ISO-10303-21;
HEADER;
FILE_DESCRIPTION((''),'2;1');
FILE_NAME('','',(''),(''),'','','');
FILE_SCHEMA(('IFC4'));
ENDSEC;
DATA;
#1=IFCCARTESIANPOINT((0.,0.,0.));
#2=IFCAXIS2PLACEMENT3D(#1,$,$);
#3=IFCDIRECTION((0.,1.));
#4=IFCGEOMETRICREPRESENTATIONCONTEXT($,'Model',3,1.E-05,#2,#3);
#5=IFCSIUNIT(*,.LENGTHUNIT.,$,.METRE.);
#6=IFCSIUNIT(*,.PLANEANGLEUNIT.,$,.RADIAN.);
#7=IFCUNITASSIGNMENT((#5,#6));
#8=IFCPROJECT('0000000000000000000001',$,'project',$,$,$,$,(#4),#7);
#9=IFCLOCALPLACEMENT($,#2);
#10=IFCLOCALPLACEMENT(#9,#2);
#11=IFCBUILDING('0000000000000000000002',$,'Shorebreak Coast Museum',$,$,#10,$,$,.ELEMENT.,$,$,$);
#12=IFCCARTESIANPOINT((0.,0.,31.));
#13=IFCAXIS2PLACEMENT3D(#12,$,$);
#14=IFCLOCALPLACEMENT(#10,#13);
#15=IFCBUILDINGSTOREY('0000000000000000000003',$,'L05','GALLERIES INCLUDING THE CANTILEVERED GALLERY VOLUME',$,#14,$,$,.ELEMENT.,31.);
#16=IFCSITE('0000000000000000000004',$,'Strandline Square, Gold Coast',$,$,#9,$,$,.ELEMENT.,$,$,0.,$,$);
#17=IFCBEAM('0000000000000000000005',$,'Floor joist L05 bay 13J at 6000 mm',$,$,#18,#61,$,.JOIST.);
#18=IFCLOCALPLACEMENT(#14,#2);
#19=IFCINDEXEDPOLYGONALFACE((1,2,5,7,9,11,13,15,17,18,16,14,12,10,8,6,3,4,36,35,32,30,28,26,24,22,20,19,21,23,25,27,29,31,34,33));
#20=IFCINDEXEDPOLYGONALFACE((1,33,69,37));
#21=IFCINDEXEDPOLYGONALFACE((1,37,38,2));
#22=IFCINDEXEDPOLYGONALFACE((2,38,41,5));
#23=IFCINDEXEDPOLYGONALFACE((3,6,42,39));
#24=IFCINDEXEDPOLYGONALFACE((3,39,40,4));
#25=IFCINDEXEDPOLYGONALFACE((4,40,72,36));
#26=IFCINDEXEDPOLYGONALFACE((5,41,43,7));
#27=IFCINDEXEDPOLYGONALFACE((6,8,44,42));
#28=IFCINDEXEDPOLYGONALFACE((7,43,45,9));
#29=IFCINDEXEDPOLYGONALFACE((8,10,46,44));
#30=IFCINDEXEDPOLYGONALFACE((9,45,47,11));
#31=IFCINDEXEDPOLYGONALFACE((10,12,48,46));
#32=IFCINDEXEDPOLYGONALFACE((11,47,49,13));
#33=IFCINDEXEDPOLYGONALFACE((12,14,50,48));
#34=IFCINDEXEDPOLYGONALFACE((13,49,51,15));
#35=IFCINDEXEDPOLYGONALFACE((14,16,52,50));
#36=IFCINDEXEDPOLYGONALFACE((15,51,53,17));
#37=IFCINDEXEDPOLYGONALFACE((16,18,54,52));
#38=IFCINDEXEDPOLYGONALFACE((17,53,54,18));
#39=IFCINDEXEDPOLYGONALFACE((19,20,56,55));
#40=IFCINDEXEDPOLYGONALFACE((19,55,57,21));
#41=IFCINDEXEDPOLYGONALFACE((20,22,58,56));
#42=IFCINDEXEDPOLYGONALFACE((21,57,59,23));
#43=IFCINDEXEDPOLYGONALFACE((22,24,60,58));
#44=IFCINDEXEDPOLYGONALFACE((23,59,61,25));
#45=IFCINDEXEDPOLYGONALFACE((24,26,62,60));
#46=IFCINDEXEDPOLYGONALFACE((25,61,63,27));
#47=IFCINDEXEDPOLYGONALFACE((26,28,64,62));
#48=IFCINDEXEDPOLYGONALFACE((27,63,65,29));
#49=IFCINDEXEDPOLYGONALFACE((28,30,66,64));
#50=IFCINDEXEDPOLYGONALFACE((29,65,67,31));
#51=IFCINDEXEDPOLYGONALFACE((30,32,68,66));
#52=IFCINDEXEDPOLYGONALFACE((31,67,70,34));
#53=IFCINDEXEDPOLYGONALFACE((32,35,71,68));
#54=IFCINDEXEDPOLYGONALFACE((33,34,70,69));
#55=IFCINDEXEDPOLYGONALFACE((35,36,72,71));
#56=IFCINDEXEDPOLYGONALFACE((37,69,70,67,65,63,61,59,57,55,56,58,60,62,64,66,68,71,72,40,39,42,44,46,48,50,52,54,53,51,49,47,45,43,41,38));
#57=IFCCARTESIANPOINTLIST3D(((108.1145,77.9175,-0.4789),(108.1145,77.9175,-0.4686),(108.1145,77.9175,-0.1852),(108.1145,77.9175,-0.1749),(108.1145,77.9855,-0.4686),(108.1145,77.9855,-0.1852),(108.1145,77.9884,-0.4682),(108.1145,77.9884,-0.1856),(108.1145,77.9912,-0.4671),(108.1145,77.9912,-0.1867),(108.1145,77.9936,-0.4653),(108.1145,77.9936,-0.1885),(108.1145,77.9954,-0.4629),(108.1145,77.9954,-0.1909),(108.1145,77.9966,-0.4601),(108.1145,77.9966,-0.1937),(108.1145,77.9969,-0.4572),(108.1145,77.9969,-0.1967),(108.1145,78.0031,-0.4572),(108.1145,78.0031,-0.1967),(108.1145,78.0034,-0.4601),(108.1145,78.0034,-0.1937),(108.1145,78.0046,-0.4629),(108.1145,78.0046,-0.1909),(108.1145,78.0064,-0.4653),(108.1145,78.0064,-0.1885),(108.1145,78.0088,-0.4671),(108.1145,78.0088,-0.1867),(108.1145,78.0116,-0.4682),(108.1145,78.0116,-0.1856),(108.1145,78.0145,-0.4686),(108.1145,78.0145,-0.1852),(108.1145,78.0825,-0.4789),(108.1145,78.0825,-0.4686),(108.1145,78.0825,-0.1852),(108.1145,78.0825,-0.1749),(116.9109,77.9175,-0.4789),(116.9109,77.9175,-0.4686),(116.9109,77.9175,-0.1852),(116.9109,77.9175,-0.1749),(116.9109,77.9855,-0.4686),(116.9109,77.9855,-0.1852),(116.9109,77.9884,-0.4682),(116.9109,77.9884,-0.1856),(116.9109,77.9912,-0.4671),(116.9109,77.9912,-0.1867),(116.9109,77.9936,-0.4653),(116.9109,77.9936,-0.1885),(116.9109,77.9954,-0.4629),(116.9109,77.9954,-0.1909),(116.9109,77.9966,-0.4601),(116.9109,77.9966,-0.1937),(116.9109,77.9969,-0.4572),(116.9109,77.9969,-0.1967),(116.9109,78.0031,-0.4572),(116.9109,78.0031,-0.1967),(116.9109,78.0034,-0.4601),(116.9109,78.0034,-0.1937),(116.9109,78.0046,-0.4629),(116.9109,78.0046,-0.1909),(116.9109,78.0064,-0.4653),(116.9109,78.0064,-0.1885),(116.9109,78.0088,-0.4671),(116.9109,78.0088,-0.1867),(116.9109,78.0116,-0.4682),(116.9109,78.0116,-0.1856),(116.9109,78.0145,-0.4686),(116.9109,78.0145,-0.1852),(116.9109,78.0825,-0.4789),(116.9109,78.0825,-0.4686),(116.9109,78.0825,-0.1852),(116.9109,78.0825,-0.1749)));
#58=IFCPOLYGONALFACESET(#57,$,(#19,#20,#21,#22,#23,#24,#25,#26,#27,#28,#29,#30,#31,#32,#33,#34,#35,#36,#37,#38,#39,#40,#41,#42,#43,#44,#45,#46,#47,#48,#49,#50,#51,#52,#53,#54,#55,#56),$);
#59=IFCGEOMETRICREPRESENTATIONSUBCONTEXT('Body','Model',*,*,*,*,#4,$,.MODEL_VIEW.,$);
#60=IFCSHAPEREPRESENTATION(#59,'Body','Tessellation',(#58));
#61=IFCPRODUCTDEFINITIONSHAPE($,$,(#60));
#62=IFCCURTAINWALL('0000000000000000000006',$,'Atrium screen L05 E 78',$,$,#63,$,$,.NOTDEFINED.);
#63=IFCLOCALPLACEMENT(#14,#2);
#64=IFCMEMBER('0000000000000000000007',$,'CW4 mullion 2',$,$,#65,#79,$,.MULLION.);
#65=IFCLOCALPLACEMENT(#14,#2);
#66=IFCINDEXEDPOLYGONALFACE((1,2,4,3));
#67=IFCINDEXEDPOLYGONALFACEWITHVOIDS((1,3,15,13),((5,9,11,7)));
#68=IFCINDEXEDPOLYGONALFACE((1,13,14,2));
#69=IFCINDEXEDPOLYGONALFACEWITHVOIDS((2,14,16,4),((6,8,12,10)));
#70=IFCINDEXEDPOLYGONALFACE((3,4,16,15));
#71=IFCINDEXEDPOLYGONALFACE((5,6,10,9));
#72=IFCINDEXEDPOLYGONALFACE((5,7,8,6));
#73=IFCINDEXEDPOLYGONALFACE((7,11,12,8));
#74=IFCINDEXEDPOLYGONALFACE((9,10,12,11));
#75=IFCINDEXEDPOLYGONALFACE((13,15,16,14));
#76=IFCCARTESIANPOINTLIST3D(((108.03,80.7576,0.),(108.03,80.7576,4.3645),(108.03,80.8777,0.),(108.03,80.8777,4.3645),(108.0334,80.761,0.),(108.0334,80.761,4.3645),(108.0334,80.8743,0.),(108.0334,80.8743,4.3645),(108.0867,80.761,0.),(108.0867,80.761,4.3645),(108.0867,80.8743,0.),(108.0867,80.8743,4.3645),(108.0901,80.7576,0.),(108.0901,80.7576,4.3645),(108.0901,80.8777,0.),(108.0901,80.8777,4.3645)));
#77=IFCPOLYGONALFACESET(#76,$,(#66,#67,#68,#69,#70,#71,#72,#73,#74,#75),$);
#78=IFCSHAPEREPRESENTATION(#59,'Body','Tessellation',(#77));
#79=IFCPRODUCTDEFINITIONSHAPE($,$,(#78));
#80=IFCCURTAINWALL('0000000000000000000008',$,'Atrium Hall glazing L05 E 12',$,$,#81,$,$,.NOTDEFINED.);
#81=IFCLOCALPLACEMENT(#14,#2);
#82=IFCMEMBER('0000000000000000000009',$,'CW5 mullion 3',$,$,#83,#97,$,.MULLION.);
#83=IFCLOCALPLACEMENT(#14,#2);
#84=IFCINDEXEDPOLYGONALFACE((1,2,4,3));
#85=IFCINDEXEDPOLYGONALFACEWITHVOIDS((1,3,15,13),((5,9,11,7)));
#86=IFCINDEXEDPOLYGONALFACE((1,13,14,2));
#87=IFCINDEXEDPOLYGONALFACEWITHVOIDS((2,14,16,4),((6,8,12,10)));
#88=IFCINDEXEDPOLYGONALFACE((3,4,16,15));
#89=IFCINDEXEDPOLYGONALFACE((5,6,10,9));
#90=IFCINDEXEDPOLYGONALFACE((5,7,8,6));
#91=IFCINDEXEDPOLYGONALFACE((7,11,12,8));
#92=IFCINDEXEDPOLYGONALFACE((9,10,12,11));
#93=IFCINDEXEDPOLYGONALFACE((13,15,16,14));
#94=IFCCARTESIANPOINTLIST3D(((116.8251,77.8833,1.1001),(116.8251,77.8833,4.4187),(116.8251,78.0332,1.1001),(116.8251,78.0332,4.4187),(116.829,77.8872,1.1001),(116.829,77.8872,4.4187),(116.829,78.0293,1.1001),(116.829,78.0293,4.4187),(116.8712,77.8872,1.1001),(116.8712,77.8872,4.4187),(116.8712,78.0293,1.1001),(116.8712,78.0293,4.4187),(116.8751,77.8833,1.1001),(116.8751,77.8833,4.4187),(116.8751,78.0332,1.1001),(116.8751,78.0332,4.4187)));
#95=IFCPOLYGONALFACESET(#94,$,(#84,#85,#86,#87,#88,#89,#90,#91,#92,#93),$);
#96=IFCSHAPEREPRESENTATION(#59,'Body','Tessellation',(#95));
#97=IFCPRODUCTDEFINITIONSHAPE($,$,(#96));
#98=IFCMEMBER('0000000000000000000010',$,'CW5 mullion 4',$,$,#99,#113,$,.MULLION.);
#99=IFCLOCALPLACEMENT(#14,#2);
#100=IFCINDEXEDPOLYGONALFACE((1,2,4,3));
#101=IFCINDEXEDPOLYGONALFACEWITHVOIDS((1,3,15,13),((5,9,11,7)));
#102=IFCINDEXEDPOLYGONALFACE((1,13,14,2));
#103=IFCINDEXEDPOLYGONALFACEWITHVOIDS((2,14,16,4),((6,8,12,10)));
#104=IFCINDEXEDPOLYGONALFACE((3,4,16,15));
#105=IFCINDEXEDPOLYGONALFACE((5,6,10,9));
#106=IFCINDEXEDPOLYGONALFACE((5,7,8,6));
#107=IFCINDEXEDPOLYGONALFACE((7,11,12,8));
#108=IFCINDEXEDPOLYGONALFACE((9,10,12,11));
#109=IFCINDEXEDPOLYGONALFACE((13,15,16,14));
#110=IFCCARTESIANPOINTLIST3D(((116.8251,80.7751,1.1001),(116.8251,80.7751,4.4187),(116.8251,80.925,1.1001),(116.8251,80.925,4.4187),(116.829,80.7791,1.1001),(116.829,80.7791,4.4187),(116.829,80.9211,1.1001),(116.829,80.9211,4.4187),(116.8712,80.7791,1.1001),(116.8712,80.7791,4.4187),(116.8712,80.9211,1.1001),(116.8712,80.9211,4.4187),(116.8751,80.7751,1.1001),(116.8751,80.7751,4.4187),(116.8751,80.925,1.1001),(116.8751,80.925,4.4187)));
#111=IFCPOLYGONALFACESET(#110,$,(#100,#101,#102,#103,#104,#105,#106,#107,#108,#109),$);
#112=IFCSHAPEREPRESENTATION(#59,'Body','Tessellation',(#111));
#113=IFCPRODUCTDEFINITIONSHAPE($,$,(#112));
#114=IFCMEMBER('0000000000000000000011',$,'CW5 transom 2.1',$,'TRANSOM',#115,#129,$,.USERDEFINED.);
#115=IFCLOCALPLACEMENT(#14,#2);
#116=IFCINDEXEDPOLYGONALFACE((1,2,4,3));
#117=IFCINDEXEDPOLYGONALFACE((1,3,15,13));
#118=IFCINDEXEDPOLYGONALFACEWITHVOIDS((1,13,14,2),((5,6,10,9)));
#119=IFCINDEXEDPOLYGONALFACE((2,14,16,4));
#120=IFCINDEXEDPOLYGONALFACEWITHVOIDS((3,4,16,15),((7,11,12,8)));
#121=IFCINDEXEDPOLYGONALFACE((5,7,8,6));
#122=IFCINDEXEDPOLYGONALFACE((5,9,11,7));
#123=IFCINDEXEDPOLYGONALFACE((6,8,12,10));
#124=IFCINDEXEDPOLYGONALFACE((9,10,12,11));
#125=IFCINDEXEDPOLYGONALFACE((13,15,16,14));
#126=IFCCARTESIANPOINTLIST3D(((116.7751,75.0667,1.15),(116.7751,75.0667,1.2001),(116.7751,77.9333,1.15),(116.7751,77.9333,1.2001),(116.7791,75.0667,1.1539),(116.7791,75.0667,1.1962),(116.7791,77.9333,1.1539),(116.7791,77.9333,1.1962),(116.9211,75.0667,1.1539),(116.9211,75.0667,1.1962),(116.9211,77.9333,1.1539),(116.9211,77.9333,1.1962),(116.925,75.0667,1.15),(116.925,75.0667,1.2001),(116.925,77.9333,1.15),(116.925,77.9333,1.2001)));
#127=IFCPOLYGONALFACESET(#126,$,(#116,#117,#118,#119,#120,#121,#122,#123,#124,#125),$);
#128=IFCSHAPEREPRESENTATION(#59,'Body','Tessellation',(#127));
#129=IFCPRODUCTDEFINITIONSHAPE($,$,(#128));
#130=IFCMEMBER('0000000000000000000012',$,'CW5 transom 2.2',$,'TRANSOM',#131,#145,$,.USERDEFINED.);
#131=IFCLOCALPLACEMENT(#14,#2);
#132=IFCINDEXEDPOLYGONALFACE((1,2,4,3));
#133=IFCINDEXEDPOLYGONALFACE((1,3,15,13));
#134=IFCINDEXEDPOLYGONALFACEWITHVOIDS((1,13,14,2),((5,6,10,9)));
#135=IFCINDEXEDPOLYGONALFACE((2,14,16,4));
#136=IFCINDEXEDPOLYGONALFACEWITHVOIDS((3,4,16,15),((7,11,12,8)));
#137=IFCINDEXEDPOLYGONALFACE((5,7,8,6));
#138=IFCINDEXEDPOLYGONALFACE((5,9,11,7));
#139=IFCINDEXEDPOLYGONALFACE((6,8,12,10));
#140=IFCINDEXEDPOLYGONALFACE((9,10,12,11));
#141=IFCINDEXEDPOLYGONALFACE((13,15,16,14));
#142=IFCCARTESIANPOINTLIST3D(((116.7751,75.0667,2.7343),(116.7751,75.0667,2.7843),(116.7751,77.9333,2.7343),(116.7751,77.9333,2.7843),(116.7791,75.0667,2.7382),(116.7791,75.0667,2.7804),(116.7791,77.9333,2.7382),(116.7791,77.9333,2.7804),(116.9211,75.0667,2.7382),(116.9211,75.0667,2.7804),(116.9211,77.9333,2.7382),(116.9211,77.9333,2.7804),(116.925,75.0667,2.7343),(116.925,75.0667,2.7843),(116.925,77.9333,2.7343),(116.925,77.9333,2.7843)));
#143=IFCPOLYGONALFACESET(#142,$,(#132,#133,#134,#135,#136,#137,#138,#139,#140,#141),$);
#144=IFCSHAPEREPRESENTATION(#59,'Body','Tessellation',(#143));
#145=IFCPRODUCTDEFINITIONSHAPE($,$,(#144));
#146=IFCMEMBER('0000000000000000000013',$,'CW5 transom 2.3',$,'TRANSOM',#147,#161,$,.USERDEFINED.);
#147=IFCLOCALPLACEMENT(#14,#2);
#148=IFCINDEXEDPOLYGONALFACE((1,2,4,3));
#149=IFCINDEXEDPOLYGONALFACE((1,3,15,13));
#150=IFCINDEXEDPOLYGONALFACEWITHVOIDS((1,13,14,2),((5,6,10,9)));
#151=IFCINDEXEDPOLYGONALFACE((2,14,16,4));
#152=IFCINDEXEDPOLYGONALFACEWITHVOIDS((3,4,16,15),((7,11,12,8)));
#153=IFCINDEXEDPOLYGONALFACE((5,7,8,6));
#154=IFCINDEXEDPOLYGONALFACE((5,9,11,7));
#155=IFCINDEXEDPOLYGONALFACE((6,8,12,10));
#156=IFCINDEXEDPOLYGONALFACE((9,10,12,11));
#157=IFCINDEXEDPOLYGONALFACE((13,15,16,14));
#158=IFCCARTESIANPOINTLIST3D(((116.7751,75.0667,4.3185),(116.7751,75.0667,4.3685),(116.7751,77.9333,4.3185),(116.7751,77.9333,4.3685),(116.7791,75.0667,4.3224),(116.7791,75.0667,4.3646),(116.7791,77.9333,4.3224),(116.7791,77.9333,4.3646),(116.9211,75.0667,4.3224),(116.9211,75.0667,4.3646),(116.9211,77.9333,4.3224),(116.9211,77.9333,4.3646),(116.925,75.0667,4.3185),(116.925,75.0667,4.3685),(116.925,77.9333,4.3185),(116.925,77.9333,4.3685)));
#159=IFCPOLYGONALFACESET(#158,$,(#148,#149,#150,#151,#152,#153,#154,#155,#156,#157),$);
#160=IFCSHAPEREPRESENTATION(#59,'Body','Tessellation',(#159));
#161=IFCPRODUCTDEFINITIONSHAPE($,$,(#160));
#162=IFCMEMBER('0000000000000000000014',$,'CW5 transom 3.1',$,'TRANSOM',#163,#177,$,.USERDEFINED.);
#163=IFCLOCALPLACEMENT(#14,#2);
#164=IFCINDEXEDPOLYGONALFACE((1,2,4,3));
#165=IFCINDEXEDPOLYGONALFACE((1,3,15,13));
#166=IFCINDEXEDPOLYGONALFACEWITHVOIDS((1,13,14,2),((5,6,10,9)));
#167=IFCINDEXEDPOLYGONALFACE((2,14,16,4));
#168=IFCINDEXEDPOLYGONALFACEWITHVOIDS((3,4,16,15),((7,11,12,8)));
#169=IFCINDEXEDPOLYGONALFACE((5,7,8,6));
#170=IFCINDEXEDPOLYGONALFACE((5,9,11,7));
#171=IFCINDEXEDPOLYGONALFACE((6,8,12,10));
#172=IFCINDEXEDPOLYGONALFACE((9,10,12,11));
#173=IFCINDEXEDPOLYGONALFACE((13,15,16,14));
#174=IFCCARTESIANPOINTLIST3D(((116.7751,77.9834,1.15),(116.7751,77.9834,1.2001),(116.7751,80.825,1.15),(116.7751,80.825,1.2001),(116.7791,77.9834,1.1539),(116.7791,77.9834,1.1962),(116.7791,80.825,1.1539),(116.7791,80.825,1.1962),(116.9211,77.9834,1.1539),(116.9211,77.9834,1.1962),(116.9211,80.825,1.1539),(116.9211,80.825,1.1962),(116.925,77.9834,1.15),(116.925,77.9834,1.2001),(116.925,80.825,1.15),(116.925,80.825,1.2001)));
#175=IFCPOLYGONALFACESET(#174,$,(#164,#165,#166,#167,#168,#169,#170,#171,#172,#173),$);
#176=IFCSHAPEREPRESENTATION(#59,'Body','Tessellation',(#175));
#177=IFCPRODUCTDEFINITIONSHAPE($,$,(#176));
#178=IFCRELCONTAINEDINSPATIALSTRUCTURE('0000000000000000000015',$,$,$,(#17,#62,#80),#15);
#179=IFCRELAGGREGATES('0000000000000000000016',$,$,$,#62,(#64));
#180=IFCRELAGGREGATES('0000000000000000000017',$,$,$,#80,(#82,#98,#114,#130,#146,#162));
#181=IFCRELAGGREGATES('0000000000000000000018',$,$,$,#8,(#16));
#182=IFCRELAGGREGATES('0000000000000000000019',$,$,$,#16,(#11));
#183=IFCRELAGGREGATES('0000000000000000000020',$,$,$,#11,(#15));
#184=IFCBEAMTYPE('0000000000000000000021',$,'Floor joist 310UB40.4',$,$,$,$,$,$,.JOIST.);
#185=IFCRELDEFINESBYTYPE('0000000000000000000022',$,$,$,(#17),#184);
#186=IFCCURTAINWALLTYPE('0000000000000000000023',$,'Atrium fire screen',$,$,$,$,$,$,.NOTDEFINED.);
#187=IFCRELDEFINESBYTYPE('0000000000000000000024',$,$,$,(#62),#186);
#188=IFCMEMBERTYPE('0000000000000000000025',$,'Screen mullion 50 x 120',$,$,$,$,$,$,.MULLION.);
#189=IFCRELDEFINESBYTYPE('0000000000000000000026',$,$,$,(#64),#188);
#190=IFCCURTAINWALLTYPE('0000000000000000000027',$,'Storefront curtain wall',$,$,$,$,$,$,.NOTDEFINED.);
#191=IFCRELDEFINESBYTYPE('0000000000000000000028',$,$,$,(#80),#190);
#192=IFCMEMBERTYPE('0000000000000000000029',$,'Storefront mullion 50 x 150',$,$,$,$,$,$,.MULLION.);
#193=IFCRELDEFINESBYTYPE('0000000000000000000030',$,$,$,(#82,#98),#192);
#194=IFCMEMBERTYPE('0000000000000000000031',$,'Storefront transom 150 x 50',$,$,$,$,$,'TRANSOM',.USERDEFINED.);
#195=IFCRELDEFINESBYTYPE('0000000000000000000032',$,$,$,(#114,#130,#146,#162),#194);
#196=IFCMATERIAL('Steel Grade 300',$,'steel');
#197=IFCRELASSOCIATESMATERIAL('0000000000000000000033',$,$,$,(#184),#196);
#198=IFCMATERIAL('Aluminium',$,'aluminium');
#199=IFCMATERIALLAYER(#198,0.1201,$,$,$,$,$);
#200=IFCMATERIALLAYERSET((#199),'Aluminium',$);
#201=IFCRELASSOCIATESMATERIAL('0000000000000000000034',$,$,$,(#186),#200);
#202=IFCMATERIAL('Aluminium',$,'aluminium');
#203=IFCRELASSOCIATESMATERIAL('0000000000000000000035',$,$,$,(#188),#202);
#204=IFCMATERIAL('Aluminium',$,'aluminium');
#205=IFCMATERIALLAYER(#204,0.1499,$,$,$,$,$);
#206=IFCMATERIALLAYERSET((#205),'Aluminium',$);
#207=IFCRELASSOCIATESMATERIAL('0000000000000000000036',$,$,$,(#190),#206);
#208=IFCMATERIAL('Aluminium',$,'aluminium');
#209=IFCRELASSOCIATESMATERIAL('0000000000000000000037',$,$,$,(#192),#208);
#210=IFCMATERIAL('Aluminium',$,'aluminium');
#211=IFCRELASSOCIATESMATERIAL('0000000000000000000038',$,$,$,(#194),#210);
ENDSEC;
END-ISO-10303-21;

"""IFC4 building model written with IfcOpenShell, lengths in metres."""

from ifc_helpers import new_model, si_unit, direction, frame, origin, origin_2d, place, context, subcontext, project, spatial, hollow_rectangle, i_section, extrude, material, layer, layer_set, material_profile, profile_set, type_object, element, aggregate, save


model = new_model("IFC4")

# Units and contexts
model_context = context("Model", 3, precision=1e-05, world=origin(), true_north=direction((0.0, 1.0)))
body_context = subcontext(model_context, "Body", "Model", "MODEL_VIEW")
ifc_project = project(units=[si_unit("LENGTHUNIT", "METRE"), si_unit("PLANEANGLEUNIT", "RADIAN")], contexts=[model_context])

# Site, building, storey
site_placement = place(None, origin())
site = spatial("IfcSite", under=ifc_project, at=site_placement, Name="Strandline Square, Gold Coast", CompositionType="ELEMENT", RefElevation=0.0)
building_placement = place(site_placement, origin())
building = spatial("IfcBuilding", under=site, at=building_placement, Name="Shorebreak Coast Museum", CompositionType="ELEMENT")
storey_placement = place(building_placement, frame((0.0, 0.0, 31.0)))
storey = spatial("IfcBuildingStorey", under=building, at=storey_placement, Name="L05", Description="GALLERIES INCLUDING THE CANTILEVERED GALLERY VOLUME", CompositionType="ELEMENT", Elevation=31.0)

# Beam
ifc_material_1 = material(Name="Steel Grade 300", Category="steel")
ifc_material_profile_1 = material_profile(ifc_material_1, i_section(OverallWidth=0.165, OverallDepth=0.304, WebThickness=0.0061, FlangeThickness=0.0103, FilletRadius=0.0115, at=origin_2d()), Name="310UB40.4")
ifc_profile_set_1 = profile_set([ifc_material_profile_1], Name="Steel Grade 300")
beam_type_1 = type_object("IfcBeamType", Name="Floor joist 310UB40.4", PredefinedType="JOIST", material=ifc_profile_set_1)
beam_1_placement = place(storey_placement, frame((108.1145, 78.0, -0.3269), z_axis=(1.0, 0.0, 0.0), x_axis=(0.0, 1.0, 0.0)))
element("IfcBeam", 1, at=beam_1_placement, inside=storey, type_object=beam_type_1, Name="Floor joist L05 bay 13J at 6000 mm", PredefinedType="JOIST", context=body_context, shape_type="SweptSolid", body=[
    extrude(i_section(OverallWidth=0.165, OverallDepth=0.304, WebThickness=0.0061, FlangeThickness=0.0103, FilletRadius=0.0115, at=origin_2d()), origin(), (0.0, 0.0, 1.0), 8.7964),
])

# Curtain wall, member
ifc_material_2 = material(Name="Aluminium", Category="aluminium")
ifc_layer_1 = layer(ifc_material_2, 0.1201)
ifc_layer_set_1 = layer_set([ifc_layer_1], Name="Aluminium")
curtain_wall_type_1 = type_object("IfcCurtainWallType", Name="Atrium fire screen", PredefinedType="NOTDEFINED", material=ifc_layer_set_1)
curtain_wall_1_placement = place(storey_placement, origin())
curtain_wall_1 = element("IfcCurtainWall", 2, at=curtain_wall_1_placement, inside=storey, type_object=curtain_wall_type_1, Name="Atrium screen L05 E 78", PredefinedType="NOTDEFINED")
ifc_material_3 = material(Name="Aluminium", Category="aluminium")
ifc_material_profile_2 = material_profile(ifc_material_3, hollow_rectangle(XDim=0.0601, YDim=0.1201, WallThickness=0.0034, at=origin_2d()), Name="AL 120x60 RHS")
ifc_profile_set_2 = profile_set([ifc_material_profile_2], Name="Aluminium")
member_type_1 = type_object("IfcMemberType", Name="Screen mullion 50 x 120", PredefinedType="MULLION", material=ifc_profile_set_2)
member_1_placement = place(storey_placement, frame((108.0601, 80.8176, 0.0), z_axis=(0.0, 0.0, 1.0), x_axis=(-1.0, 0.0, 0.0)))
member_1 = element("IfcMember", 3, at=member_1_placement, type_object=member_type_1, Name="CW4 mullion 2", PredefinedType="MULLION", context=body_context, shape_type="SweptSolid", body=[
    extrude(hollow_rectangle(XDim=0.0601, YDim=0.1201, WallThickness=0.0034, at=origin_2d()), origin(), (0.0, 0.0, 1.0), 4.3645),
])

# Curtain wall, members
ifc_material_4 = material(Name="Aluminium", Category="aluminium")
ifc_layer_2 = layer(ifc_material_4, 0.1499)
ifc_layer_set_2 = layer_set([ifc_layer_2], Name="Aluminium")
curtain_wall_type_2 = type_object("IfcCurtainWallType", Name="Storefront curtain wall", PredefinedType="NOTDEFINED", material=ifc_layer_set_2)
curtain_wall_2_placement = place(storey_placement, origin())
curtain_wall_2 = element("IfcCurtainWall", 4, at=curtain_wall_2_placement, inside=storey, type_object=curtain_wall_type_2, Name="Atrium Hall glazing L05 E 12", PredefinedType="NOTDEFINED")
ifc_material_5 = material(Name="Aluminium", Category="aluminium")
ifc_material_profile_3 = material_profile(ifc_material_5, hollow_rectangle(XDim=0.05, YDim=0.1499, WallThickness=0.0039, at=origin_2d()), Name="AL 150x50 RHS")
ifc_profile_set_3 = profile_set([ifc_material_profile_3], Name="Aluminium")
member_type_2 = type_object("IfcMemberType", Name="Storefront mullion 50 x 150", PredefinedType="MULLION", material=ifc_profile_set_3)
member_2_placement = place(storey_placement, frame((116.8501, 77.9583, 1.1001), z_axis=(0.0, 0.0, 1.0), x_axis=(-1.0, 0.0, 0.0)))
member_2 = element("IfcMember", 5, at=member_2_placement, type_object=member_type_2, Name="CW5 mullion 3", PredefinedType="MULLION", context=body_context, shape_type="SweptSolid", body=[
    extrude(hollow_rectangle(XDim=0.05, YDim=0.1499, WallThickness=0.0039, at=origin_2d()), origin(), (0.0, 0.0, 1.0), 3.3186),
])
member_3_placement = place(storey_placement, frame((116.8501, 80.8501, 1.1001), z_axis=(0.0, 0.0, 1.0), x_axis=(-1.0, 0.0, 0.0)))
member_3 = element("IfcMember", 6, at=member_3_placement, type_object=member_type_2, Name="CW5 mullion 4", PredefinedType="MULLION", context=body_context, shape_type="SweptSolid", body=[
    extrude(hollow_rectangle(XDim=0.05, YDim=0.1499, WallThickness=0.0039, at=origin_2d()), origin(), (0.0, 0.0, 1.0), 3.3186),
])
ifc_material_6 = material(Name="Aluminium", Category="aluminium")
ifc_material_profile_4 = material_profile(ifc_material_6, hollow_rectangle(XDim=0.1499, YDim=0.05, WallThickness=0.0039, at=origin_2d()), Name="AL 50x150 RHS")
ifc_profile_set_4 = profile_set([ifc_material_profile_4], Name="Aluminium")
member_type_3 = type_object("IfcMemberType", Name="Storefront transom 150 x 50", ElementType="TRANSOM", PredefinedType="USERDEFINED", material=ifc_profile_set_4)
member_4_placement = place(storey_placement, frame((116.8501, 75.0667, 1.175), z_axis=(0.0, 1.0, 0.0), x_axis=(-1.0, 0.0, 0.0)))
member_4 = element("IfcMember", 7, at=member_4_placement, type_object=member_type_3, Name="CW5 transom 2.1", ObjectType="TRANSOM", PredefinedType="USERDEFINED", context=body_context, shape_type="SweptSolid", body=[
    extrude(hollow_rectangle(XDim=0.1499, YDim=0.05, WallThickness=0.0039, at=origin_2d()), origin(), (0.0, 0.0, 1.0), 2.8667),
])
member_5_placement = place(storey_placement, frame((116.8501, 75.0667, 2.7593), z_axis=(0.0, 1.0, 0.0), x_axis=(-1.0, 0.0, 0.0)))
member_5 = element("IfcMember", 8, at=member_5_placement, type_object=member_type_3, Name="CW5 transom 2.2", ObjectType="TRANSOM", PredefinedType="USERDEFINED", context=body_context, shape_type="SweptSolid", body=[
    extrude(hollow_rectangle(XDim=0.1499, YDim=0.05, WallThickness=0.0039, at=origin_2d()), origin(), (0.0, 0.0, 1.0), 2.8667),
])
member_6_placement = place(storey_placement, frame((116.8501, 75.0667, 4.3435), z_axis=(0.0, 1.0, 0.0), x_axis=(-1.0, 0.0, 0.0)))
member_6 = element("IfcMember", 9, at=member_6_placement, type_object=member_type_3, Name="CW5 transom 2.3", ObjectType="TRANSOM", PredefinedType="USERDEFINED", context=body_context, shape_type="SweptSolid", body=[
    extrude(hollow_rectangle(XDim=0.1499, YDim=0.05, WallThickness=0.0039, at=origin_2d()), origin(), (0.0, 0.0, 1.0), 2.8667),
])
member_7_placement = place(storey_placement, frame((116.8501, 77.9834, 1.175), z_axis=(0.0, 1.0, 0.0), x_axis=(-1.0, 0.0, 0.0)))
member_7 = element("IfcMember", 10, at=member_7_placement, type_object=member_type_3, Name="CW5 transom 3.1", ObjectType="TRANSOM", PredefinedType="USERDEFINED", context=body_context, shape_type="SweptSolid", body=[
    extrude(hollow_rectangle(XDim=0.1499, YDim=0.05, WallThickness=0.0039, at=origin_2d()), origin(), (0.0, 0.0, 1.0), 2.8416),
])

aggregate(curtain_wall_1, [member_1])
aggregate(curtain_wall_2, [member_2, member_3, member_4, member_5, member_6, member_7])

save(model, "model.ifc")
